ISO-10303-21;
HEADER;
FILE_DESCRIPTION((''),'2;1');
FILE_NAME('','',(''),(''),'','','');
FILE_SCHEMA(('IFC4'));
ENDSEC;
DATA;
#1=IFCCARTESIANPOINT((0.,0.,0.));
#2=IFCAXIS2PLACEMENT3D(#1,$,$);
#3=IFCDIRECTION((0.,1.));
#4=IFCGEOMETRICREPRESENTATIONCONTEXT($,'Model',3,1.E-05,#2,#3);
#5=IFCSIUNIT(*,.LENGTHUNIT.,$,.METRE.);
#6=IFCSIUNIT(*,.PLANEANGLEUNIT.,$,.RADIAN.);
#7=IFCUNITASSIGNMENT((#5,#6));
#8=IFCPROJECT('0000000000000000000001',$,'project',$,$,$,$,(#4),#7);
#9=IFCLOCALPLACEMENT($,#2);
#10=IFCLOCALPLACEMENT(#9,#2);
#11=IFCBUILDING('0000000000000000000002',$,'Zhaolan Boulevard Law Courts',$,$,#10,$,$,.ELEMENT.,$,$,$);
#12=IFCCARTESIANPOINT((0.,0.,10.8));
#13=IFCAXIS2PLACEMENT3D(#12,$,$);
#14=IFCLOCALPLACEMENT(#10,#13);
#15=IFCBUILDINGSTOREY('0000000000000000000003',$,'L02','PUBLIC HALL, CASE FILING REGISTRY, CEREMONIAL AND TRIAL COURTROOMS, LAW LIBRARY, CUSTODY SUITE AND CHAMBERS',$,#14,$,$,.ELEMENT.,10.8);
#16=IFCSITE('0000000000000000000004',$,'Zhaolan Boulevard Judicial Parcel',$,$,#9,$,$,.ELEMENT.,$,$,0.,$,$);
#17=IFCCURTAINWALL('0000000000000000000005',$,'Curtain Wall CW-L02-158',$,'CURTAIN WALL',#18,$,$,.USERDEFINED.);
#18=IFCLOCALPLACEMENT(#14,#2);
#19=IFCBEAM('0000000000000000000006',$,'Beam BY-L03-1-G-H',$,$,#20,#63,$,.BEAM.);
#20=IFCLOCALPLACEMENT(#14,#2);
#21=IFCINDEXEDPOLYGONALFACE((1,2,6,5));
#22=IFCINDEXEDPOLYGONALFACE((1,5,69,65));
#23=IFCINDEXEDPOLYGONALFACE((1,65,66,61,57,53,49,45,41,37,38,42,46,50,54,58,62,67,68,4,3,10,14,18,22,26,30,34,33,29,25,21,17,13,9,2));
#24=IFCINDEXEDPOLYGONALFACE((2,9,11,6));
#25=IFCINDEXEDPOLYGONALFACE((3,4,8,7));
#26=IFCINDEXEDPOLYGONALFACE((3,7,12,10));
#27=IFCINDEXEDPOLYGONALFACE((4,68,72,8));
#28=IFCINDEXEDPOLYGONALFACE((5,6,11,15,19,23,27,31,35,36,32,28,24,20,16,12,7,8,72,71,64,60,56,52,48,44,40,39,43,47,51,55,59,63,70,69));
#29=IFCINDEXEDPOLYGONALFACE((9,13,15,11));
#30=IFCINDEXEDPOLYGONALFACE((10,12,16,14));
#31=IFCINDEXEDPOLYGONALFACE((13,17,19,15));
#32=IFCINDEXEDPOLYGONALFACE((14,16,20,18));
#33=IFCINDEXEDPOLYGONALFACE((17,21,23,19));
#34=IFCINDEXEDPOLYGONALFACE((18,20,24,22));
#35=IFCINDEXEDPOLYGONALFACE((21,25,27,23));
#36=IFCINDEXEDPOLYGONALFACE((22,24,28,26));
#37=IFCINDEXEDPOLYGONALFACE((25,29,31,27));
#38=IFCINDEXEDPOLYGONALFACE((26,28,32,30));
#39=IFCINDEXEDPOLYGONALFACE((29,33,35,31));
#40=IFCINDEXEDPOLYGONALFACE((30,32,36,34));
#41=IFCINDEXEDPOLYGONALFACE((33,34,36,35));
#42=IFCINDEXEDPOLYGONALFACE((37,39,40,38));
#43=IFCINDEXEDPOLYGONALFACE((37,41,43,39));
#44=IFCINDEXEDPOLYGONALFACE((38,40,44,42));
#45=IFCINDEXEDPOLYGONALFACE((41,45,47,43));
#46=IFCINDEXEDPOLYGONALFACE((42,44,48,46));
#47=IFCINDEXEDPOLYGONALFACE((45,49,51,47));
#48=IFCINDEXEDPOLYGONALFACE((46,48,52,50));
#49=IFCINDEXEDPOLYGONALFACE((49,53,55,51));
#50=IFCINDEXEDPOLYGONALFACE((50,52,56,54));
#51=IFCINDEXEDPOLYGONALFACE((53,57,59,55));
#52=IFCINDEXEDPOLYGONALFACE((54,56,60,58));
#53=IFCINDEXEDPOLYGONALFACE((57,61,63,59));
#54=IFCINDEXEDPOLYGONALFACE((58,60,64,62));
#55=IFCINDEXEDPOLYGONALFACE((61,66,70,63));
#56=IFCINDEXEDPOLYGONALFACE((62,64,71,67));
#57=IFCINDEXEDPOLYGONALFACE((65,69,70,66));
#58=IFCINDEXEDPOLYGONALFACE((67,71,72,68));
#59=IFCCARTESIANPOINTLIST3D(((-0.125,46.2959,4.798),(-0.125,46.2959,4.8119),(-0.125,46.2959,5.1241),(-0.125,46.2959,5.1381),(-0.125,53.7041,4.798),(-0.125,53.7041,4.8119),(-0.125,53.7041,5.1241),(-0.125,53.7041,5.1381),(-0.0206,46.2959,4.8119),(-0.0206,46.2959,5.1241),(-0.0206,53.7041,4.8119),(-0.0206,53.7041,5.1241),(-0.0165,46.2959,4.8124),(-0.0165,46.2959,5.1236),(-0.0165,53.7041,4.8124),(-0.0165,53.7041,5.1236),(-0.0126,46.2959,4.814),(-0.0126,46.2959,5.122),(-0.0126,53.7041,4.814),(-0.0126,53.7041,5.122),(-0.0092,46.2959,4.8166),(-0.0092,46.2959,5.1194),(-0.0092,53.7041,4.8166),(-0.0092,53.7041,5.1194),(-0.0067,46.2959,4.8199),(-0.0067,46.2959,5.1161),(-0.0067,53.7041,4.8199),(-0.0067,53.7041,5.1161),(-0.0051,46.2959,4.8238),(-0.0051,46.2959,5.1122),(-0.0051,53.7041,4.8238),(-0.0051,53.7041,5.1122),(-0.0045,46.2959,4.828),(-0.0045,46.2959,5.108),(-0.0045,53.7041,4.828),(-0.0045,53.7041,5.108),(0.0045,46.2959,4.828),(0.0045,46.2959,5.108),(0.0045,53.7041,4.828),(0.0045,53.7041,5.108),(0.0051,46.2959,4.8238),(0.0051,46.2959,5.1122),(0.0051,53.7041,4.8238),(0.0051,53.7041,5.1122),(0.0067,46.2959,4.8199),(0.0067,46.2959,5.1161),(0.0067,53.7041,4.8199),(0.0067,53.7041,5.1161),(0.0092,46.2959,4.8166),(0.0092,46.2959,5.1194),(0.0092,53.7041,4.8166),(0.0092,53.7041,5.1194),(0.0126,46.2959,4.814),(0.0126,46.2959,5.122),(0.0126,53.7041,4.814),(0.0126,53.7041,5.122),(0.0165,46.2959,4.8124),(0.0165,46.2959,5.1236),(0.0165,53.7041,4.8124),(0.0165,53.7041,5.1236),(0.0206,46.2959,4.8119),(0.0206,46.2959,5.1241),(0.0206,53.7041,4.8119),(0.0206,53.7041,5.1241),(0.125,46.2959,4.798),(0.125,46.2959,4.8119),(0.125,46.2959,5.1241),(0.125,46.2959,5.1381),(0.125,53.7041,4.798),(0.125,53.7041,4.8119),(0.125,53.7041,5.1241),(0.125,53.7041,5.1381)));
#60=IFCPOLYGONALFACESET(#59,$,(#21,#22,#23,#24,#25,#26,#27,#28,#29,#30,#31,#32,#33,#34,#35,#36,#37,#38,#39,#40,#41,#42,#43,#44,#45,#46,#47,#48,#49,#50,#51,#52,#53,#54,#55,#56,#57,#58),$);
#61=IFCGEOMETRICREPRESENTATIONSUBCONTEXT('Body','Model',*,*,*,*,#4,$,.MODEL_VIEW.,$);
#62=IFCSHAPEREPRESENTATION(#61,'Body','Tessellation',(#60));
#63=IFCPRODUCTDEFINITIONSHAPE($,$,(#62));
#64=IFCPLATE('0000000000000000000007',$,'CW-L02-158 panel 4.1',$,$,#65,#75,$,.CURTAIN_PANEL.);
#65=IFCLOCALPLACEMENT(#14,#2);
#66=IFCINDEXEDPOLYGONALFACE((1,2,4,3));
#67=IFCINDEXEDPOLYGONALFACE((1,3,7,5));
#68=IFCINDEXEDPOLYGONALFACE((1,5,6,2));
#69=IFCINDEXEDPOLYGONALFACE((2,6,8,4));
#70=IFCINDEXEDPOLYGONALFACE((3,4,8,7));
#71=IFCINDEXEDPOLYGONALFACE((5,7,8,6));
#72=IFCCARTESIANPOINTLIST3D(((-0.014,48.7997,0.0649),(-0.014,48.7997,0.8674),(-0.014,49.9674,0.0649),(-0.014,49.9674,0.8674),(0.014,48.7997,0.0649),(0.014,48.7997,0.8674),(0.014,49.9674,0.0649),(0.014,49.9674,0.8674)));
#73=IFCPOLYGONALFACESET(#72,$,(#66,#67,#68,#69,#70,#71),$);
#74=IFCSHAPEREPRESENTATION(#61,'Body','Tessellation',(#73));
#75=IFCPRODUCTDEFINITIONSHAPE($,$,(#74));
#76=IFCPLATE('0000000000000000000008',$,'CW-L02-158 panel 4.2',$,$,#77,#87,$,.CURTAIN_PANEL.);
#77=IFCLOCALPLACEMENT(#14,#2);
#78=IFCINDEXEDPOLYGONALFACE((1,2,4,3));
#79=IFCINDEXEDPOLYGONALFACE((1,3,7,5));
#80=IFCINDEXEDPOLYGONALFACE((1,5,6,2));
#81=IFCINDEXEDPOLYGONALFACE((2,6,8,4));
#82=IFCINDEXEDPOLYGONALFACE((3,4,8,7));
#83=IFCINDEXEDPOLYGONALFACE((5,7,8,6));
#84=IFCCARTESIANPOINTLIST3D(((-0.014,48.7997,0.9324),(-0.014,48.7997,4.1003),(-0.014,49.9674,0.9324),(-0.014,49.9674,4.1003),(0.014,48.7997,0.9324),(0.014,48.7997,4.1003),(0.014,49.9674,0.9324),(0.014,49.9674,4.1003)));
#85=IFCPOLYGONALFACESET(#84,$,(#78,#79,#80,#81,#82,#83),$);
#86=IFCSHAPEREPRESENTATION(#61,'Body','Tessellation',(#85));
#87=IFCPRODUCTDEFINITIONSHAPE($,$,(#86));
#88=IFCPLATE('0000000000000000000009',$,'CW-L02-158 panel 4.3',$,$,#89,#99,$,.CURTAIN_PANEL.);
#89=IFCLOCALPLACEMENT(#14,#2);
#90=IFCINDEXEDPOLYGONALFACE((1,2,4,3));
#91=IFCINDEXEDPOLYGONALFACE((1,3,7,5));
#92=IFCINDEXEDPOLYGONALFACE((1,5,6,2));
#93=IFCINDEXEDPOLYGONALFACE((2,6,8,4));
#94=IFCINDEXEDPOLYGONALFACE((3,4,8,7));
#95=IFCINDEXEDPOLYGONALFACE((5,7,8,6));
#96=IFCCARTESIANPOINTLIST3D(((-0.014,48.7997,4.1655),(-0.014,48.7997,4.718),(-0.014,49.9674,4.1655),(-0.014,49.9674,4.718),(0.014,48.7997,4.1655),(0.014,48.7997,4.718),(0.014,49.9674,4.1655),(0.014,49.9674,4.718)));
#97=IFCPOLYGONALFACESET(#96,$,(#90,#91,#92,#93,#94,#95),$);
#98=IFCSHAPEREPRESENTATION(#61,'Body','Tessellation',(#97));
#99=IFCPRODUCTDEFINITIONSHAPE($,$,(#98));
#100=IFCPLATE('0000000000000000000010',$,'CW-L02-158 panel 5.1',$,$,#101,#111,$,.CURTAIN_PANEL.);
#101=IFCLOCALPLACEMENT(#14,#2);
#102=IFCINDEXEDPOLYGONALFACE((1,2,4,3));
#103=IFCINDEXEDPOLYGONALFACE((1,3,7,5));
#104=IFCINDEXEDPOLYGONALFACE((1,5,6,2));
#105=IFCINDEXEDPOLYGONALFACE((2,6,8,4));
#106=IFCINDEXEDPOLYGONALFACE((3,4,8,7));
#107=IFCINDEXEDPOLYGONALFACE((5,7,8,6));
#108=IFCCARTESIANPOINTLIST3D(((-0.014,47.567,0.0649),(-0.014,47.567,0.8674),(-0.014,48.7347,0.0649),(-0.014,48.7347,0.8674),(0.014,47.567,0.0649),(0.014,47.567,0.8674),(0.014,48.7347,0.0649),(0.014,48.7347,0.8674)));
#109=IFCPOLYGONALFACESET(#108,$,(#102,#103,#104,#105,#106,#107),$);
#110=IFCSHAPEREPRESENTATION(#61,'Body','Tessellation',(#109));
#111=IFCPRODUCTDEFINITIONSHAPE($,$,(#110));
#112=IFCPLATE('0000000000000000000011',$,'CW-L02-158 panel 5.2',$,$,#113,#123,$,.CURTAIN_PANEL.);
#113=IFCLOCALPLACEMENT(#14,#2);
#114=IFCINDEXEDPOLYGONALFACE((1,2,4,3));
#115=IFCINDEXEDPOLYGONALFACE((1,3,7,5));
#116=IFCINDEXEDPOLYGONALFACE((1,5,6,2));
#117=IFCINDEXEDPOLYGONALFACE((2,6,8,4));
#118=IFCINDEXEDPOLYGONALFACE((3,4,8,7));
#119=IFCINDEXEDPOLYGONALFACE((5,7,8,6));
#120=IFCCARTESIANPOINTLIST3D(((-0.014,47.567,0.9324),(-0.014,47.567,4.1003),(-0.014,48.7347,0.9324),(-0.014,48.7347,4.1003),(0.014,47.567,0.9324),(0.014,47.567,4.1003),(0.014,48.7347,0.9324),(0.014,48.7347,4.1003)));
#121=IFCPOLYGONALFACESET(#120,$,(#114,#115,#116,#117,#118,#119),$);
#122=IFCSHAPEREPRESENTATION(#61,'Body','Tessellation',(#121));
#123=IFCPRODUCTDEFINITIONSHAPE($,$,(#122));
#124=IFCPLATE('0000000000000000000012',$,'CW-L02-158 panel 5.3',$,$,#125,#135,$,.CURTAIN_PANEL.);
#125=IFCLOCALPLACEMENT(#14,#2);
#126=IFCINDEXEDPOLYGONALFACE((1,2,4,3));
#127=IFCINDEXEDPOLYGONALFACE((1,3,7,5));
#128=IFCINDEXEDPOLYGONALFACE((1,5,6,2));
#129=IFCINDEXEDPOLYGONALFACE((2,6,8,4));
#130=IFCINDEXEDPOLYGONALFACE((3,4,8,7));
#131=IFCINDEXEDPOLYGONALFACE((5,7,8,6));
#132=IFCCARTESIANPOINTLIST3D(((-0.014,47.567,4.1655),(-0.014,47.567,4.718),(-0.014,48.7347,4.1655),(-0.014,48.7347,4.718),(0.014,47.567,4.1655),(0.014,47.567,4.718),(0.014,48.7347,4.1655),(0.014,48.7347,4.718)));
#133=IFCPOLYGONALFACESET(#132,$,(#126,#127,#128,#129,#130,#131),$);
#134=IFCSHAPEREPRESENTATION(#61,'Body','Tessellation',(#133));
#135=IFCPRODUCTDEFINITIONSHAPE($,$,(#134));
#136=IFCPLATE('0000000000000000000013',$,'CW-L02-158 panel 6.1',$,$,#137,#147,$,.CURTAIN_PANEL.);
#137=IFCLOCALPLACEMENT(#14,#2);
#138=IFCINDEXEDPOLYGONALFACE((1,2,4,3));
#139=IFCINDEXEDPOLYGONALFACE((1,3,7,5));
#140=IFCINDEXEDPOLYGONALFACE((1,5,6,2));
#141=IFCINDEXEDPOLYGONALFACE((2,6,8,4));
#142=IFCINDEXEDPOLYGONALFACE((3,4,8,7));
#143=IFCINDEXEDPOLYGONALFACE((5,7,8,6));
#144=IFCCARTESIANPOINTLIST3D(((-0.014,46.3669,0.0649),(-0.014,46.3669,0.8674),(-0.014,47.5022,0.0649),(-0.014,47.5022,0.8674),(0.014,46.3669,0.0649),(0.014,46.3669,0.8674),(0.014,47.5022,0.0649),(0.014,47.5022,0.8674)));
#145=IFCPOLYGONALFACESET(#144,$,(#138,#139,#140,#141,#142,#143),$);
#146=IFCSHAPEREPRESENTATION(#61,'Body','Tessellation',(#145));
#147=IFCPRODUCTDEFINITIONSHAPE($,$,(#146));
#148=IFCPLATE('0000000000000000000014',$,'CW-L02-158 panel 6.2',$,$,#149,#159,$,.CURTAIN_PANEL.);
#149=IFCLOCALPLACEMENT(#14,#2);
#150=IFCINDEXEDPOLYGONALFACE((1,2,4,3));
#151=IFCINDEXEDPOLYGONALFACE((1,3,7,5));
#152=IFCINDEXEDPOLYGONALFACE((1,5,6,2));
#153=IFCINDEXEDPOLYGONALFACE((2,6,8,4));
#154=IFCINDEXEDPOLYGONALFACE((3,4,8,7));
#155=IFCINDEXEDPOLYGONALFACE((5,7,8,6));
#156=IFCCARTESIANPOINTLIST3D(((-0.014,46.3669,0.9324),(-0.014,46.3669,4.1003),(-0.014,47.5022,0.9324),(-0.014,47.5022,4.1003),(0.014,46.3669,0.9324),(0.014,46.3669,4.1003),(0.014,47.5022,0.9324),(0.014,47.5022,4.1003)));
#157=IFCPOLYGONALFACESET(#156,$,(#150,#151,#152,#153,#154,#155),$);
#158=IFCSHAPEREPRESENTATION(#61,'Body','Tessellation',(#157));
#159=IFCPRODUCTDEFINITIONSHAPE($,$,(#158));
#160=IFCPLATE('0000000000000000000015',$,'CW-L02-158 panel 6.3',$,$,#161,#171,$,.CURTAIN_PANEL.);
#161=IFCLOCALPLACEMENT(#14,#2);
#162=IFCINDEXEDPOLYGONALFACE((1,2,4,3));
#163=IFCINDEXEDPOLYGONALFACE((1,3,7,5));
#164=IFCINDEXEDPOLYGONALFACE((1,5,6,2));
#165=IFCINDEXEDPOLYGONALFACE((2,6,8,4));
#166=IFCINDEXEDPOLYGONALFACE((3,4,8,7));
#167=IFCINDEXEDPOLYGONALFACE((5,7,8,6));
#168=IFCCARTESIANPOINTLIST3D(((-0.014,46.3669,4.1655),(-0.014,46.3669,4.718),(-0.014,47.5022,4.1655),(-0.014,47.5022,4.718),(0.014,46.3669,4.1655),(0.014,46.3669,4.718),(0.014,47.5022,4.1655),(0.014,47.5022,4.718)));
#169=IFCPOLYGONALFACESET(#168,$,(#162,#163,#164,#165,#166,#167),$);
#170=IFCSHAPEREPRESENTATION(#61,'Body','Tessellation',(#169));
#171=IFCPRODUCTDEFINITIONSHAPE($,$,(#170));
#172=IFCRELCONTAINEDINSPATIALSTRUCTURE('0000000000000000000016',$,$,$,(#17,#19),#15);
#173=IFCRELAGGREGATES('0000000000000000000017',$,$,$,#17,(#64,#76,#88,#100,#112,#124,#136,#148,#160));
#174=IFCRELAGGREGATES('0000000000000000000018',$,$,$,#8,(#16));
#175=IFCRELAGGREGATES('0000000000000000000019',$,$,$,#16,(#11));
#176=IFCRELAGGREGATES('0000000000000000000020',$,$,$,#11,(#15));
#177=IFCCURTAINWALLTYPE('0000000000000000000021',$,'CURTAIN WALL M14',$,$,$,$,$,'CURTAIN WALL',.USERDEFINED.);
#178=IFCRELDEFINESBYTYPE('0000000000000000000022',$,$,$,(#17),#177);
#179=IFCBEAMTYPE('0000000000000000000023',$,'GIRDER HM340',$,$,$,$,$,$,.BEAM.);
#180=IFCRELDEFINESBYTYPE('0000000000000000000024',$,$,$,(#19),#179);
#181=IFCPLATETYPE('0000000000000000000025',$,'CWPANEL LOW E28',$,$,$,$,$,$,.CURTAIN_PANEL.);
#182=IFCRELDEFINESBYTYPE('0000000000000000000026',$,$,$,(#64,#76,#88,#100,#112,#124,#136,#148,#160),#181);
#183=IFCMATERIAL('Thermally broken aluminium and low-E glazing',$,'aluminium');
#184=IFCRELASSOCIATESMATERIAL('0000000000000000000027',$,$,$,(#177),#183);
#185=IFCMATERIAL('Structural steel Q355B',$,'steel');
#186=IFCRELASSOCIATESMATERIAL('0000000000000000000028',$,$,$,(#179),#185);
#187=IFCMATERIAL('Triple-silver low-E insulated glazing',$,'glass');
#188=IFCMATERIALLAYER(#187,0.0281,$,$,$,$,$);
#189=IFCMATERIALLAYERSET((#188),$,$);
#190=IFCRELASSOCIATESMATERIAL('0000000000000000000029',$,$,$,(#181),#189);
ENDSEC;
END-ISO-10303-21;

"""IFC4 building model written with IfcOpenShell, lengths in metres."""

from ifc_helpers import new_model, si_unit, direction, frame, origin, origin_2d, place, context, subcontext, project, spatial, rectangle, i_section, extrude, material, layer, layer_set, material_profile, profile_set, type_object, element, aggregate, save


model = new_model("IFC4")

# Units and contexts
model_context = context("Model", 3, precision=1e-05, world=origin(), true_north=direction((0.0, 1.0)))
body_context = subcontext(model_context, "Body", "Model", "MODEL_VIEW")
ifc_project = project(units=[si_unit("LENGTHUNIT", "METRE"), si_unit("PLANEANGLEUNIT", "RADIAN")], contexts=[model_context])

# Site, building, storey
site_placement = place(None, origin())
site = spatial("IfcSite", under=ifc_project, at=site_placement, Name="Zhaolan Boulevard Judicial Parcel", CompositionType="ELEMENT", RefElevation=0.0)
building_placement = place(site_placement, origin())
building = spatial("IfcBuilding", under=site, at=building_placement, Name="Zhaolan Boulevard Law Courts", CompositionType="ELEMENT")
storey_placement = place(building_placement, frame((0.0, 0.0, 10.8)))
storey = spatial("IfcBuildingStorey", under=building, at=storey_placement, Name="L02", Description="PUBLIC HALL, CASE FILING REGISTRY, CEREMONIAL AND TRIAL COURTROOMS, LAW LIBRARY, CUSTODY SUITE AND CHAMBERS", CompositionType="ELEMENT", Elevation=10.8)

# Curtain wall
ifc_material_1 = material(Name="Thermally broken aluminium and low-E glazing", Category="aluminium")
curtain_wall_type = type_object("IfcCurtainWallType", Name="CURTAIN WALL M14", ElementType="CURTAIN WALL", PredefinedType="USERDEFINED", material=ifc_material_1)
curtain_wall_placement = place(storey_placement, origin())
curtain_wall = element("IfcCurtainWall", 1, at=curtain_wall_placement, inside=storey, type_object=curtain_wall_type, Name="Curtain Wall CW-L02-158", ObjectType="CURTAIN WALL", PredefinedType="USERDEFINED")

# Beam
ifc_material_2 = material(Name="Structural steel Q355B", Category="steel")
ifc_material_profile_1 = material_profile(ifc_material_2, i_section(OverallWidth=0.25, OverallDepth=0.3401, WebThickness=0.009, FlangeThickness=0.0139, FilletRadius=0.0161, at=origin_2d()), Name="HM340x250")
ifc_profile_set_1 = profile_set([ifc_material_profile_1], Name="Structural steel Q355B")
beam_type = type_object("IfcBeamType", Name="GIRDER HM340", PredefinedType="BEAM", material=ifc_profile_set_1)
beam_placement = place(storey_placement, frame((0.0, 46.2959, 4.968), z_axis=(0.0, 1.0, 0.0), x_axis=(-1.0, 0.0, 0.0)))
element("IfcBeam", 2, at=beam_placement, inside=storey, type_object=beam_type, Name="Beam BY-L03-1-G-H", PredefinedType="BEAM", context=body_context, shape_type="SweptSolid", body=[
    extrude(i_section(OverallWidth=0.25, OverallDepth=0.3401, WebThickness=0.009, FlangeThickness=0.0139, FilletRadius=0.0161, at=origin_2d()), origin(), (0.0, 0.0, 1.0), 7.4082),
])

# Plates
ifc_material_3 = material(Name="Triple-silver low-E insulated glazing", Category="glass")
ifc_layer = layer(ifc_material_3, 0.0281)
ifc_layer_set = layer_set([ifc_layer])
plate_type = type_object("IfcPlateType", Name="CWPANEL LOW E28", PredefinedType="CURTAIN_PANEL", material=ifc_layer_set)
plate_1_placement = place(storey_placement, frame((0.0, 49.3835, 0.0649), z_axis=(0.0, 0.0, 1.0), x_axis=(0.0, -1.0, 0.0)))
plate_1 = element("IfcPlate", 3, at=plate_1_placement, type_object=plate_type, Name="CW-L02-158 panel 4.1", PredefinedType="CURTAIN_PANEL", context=body_context, shape_type="SweptSolid", body=[
    extrude(rectangle(XDim=1.1677, YDim=0.0281, at=origin_2d()), origin(), (0.0, 0.0, 1.0), 0.8025),
])
plate_2_placement = place(storey_placement, frame((0.0, 49.3835, 0.9324), z_axis=(0.0, 0.0, 1.0), x_axis=(0.0, -1.0, 0.0)))
plate_2 = element("IfcPlate", 4, at=plate_2_placement, type_object=plate_type, Name="CW-L02-158 panel 4.2", PredefinedType="CURTAIN_PANEL", context=body_context, shape_type="SweptSolid", body=[
    extrude(rectangle(XDim=1.1677, YDim=0.0281, at=origin_2d()), origin(), (0.0, 0.0, 1.0), 3.168),
])
plate_3_placement = place(storey_placement, frame((0.0, 49.3835, 4.1655), z_axis=(0.0, 0.0, 1.0), x_axis=(0.0, -1.0, 0.0)))
plate_3 = element("IfcPlate", 5, at=plate_3_placement, type_object=plate_type, Name="CW-L02-158 panel 4.3", PredefinedType="CURTAIN_PANEL", context=body_context, shape_type="SweptSolid", body=[
    extrude(rectangle(XDim=1.1677, YDim=0.0281, at=origin_2d()), origin(), (0.0, 0.0, 1.0), 0.5525),
])
plate_4_placement = place(storey_placement, frame((0.0, 48.1509, 0.0649), z_axis=(0.0, 0.0, 1.0), x_axis=(0.0, -1.0, 0.0)))
plate_4 = element("IfcPlate", 6, at=plate_4_placement, type_object=plate_type, Name="CW-L02-158 panel 5.1", PredefinedType="CURTAIN_PANEL", context=body_context, shape_type="SweptSolid", body=[
    extrude(rectangle(XDim=1.1677, YDim=0.0281, at=origin_2d()), origin(), (0.0, 0.0, 1.0), 0.8025),
])
plate_5_placement = place(storey_placement, frame((0.0, 48.1509, 0.9324), z_axis=(0.0, 0.0, 1.0), x_axis=(0.0, -1.0, 0.0)))
plate_5 = element("IfcPlate", 7, at=plate_5_placement, type_object=plate_type, Name="CW-L02-158 panel 5.2", PredefinedType="CURTAIN_PANEL", context=body_context, shape_type="SweptSolid", body=[
    extrude(rectangle(XDim=1.1677, YDim=0.0281, at=origin_2d()), origin(), (0.0, 0.0, 1.0), 3.168),
])
plate_6_placement = place(storey_placement, frame((0.0, 48.1509, 4.1655), z_axis=(0.0, 0.0, 1.0), x_axis=(0.0, -1.0, 0.0)))
plate_6 = element("IfcPlate", 8, at=plate_6_placement, type_object=plate_type, Name="CW-L02-158 panel 5.3", PredefinedType="CURTAIN_PANEL", context=body_context, shape_type="SweptSolid", body=[
    extrude(rectangle(XDim=1.1677, YDim=0.0281, at=origin_2d()), origin(), (0.0, 0.0, 1.0), 0.5525),
])
plate_7_placement = place(storey_placement, frame((0.0, 46.9346, 0.0649), z_axis=(0.0, 0.0, 1.0), x_axis=(0.0, -1.0, 0.0)))
plate_7 = element("IfcPlate", 9, at=plate_7_placement, type_object=plate_type, Name="CW-L02-158 panel 6.1", PredefinedType="CURTAIN_PANEL", context=body_context, shape_type="SweptSolid", body=[
    extrude(rectangle(XDim=1.1353, YDim=0.0281, at=origin_2d()), origin(), (0.0, 0.0, 1.0), 0.8025),
])
plate_8_placement = place(storey_placement, frame((0.0, 46.9346, 0.9324), z_axis=(0.0, 0.0, 1.0), x_axis=(0.0, -1.0, 0.0)))
plate_8 = element("IfcPlate", 10, at=plate_8_placement, type_object=plate_type, Name="CW-L02-158 panel 6.2", PredefinedType="CURTAIN_PANEL", context=body_context, shape_type="SweptSolid", body=[
    extrude(rectangle(XDim=1.1353, YDim=0.0281, at=origin_2d()), origin(), (0.0, 0.0, 1.0), 3.168),
])
plate_9_placement = place(storey_placement, frame((0.0, 46.9346, 4.1655), z_axis=(0.0, 0.0, 1.0), x_axis=(0.0, -1.0, 0.0)))
plate_9 = element("IfcPlate", 11, at=plate_9_placement, type_object=plate_type, Name="CW-L02-158 panel 6.3", PredefinedType="CURTAIN_PANEL", context=body_context, shape_type="SweptSolid", body=[
    extrude(rectangle(XDim=1.1353, YDim=0.0281, at=origin_2d()), origin(), (0.0, 0.0, 1.0), 0.5525),
])
aggregate(curtain_wall, [plate_1, plate_2, plate_3, plate_4, plate_5, plate_6, plate_7, plate_8, plate_9])

save(model, "model.ifc")
